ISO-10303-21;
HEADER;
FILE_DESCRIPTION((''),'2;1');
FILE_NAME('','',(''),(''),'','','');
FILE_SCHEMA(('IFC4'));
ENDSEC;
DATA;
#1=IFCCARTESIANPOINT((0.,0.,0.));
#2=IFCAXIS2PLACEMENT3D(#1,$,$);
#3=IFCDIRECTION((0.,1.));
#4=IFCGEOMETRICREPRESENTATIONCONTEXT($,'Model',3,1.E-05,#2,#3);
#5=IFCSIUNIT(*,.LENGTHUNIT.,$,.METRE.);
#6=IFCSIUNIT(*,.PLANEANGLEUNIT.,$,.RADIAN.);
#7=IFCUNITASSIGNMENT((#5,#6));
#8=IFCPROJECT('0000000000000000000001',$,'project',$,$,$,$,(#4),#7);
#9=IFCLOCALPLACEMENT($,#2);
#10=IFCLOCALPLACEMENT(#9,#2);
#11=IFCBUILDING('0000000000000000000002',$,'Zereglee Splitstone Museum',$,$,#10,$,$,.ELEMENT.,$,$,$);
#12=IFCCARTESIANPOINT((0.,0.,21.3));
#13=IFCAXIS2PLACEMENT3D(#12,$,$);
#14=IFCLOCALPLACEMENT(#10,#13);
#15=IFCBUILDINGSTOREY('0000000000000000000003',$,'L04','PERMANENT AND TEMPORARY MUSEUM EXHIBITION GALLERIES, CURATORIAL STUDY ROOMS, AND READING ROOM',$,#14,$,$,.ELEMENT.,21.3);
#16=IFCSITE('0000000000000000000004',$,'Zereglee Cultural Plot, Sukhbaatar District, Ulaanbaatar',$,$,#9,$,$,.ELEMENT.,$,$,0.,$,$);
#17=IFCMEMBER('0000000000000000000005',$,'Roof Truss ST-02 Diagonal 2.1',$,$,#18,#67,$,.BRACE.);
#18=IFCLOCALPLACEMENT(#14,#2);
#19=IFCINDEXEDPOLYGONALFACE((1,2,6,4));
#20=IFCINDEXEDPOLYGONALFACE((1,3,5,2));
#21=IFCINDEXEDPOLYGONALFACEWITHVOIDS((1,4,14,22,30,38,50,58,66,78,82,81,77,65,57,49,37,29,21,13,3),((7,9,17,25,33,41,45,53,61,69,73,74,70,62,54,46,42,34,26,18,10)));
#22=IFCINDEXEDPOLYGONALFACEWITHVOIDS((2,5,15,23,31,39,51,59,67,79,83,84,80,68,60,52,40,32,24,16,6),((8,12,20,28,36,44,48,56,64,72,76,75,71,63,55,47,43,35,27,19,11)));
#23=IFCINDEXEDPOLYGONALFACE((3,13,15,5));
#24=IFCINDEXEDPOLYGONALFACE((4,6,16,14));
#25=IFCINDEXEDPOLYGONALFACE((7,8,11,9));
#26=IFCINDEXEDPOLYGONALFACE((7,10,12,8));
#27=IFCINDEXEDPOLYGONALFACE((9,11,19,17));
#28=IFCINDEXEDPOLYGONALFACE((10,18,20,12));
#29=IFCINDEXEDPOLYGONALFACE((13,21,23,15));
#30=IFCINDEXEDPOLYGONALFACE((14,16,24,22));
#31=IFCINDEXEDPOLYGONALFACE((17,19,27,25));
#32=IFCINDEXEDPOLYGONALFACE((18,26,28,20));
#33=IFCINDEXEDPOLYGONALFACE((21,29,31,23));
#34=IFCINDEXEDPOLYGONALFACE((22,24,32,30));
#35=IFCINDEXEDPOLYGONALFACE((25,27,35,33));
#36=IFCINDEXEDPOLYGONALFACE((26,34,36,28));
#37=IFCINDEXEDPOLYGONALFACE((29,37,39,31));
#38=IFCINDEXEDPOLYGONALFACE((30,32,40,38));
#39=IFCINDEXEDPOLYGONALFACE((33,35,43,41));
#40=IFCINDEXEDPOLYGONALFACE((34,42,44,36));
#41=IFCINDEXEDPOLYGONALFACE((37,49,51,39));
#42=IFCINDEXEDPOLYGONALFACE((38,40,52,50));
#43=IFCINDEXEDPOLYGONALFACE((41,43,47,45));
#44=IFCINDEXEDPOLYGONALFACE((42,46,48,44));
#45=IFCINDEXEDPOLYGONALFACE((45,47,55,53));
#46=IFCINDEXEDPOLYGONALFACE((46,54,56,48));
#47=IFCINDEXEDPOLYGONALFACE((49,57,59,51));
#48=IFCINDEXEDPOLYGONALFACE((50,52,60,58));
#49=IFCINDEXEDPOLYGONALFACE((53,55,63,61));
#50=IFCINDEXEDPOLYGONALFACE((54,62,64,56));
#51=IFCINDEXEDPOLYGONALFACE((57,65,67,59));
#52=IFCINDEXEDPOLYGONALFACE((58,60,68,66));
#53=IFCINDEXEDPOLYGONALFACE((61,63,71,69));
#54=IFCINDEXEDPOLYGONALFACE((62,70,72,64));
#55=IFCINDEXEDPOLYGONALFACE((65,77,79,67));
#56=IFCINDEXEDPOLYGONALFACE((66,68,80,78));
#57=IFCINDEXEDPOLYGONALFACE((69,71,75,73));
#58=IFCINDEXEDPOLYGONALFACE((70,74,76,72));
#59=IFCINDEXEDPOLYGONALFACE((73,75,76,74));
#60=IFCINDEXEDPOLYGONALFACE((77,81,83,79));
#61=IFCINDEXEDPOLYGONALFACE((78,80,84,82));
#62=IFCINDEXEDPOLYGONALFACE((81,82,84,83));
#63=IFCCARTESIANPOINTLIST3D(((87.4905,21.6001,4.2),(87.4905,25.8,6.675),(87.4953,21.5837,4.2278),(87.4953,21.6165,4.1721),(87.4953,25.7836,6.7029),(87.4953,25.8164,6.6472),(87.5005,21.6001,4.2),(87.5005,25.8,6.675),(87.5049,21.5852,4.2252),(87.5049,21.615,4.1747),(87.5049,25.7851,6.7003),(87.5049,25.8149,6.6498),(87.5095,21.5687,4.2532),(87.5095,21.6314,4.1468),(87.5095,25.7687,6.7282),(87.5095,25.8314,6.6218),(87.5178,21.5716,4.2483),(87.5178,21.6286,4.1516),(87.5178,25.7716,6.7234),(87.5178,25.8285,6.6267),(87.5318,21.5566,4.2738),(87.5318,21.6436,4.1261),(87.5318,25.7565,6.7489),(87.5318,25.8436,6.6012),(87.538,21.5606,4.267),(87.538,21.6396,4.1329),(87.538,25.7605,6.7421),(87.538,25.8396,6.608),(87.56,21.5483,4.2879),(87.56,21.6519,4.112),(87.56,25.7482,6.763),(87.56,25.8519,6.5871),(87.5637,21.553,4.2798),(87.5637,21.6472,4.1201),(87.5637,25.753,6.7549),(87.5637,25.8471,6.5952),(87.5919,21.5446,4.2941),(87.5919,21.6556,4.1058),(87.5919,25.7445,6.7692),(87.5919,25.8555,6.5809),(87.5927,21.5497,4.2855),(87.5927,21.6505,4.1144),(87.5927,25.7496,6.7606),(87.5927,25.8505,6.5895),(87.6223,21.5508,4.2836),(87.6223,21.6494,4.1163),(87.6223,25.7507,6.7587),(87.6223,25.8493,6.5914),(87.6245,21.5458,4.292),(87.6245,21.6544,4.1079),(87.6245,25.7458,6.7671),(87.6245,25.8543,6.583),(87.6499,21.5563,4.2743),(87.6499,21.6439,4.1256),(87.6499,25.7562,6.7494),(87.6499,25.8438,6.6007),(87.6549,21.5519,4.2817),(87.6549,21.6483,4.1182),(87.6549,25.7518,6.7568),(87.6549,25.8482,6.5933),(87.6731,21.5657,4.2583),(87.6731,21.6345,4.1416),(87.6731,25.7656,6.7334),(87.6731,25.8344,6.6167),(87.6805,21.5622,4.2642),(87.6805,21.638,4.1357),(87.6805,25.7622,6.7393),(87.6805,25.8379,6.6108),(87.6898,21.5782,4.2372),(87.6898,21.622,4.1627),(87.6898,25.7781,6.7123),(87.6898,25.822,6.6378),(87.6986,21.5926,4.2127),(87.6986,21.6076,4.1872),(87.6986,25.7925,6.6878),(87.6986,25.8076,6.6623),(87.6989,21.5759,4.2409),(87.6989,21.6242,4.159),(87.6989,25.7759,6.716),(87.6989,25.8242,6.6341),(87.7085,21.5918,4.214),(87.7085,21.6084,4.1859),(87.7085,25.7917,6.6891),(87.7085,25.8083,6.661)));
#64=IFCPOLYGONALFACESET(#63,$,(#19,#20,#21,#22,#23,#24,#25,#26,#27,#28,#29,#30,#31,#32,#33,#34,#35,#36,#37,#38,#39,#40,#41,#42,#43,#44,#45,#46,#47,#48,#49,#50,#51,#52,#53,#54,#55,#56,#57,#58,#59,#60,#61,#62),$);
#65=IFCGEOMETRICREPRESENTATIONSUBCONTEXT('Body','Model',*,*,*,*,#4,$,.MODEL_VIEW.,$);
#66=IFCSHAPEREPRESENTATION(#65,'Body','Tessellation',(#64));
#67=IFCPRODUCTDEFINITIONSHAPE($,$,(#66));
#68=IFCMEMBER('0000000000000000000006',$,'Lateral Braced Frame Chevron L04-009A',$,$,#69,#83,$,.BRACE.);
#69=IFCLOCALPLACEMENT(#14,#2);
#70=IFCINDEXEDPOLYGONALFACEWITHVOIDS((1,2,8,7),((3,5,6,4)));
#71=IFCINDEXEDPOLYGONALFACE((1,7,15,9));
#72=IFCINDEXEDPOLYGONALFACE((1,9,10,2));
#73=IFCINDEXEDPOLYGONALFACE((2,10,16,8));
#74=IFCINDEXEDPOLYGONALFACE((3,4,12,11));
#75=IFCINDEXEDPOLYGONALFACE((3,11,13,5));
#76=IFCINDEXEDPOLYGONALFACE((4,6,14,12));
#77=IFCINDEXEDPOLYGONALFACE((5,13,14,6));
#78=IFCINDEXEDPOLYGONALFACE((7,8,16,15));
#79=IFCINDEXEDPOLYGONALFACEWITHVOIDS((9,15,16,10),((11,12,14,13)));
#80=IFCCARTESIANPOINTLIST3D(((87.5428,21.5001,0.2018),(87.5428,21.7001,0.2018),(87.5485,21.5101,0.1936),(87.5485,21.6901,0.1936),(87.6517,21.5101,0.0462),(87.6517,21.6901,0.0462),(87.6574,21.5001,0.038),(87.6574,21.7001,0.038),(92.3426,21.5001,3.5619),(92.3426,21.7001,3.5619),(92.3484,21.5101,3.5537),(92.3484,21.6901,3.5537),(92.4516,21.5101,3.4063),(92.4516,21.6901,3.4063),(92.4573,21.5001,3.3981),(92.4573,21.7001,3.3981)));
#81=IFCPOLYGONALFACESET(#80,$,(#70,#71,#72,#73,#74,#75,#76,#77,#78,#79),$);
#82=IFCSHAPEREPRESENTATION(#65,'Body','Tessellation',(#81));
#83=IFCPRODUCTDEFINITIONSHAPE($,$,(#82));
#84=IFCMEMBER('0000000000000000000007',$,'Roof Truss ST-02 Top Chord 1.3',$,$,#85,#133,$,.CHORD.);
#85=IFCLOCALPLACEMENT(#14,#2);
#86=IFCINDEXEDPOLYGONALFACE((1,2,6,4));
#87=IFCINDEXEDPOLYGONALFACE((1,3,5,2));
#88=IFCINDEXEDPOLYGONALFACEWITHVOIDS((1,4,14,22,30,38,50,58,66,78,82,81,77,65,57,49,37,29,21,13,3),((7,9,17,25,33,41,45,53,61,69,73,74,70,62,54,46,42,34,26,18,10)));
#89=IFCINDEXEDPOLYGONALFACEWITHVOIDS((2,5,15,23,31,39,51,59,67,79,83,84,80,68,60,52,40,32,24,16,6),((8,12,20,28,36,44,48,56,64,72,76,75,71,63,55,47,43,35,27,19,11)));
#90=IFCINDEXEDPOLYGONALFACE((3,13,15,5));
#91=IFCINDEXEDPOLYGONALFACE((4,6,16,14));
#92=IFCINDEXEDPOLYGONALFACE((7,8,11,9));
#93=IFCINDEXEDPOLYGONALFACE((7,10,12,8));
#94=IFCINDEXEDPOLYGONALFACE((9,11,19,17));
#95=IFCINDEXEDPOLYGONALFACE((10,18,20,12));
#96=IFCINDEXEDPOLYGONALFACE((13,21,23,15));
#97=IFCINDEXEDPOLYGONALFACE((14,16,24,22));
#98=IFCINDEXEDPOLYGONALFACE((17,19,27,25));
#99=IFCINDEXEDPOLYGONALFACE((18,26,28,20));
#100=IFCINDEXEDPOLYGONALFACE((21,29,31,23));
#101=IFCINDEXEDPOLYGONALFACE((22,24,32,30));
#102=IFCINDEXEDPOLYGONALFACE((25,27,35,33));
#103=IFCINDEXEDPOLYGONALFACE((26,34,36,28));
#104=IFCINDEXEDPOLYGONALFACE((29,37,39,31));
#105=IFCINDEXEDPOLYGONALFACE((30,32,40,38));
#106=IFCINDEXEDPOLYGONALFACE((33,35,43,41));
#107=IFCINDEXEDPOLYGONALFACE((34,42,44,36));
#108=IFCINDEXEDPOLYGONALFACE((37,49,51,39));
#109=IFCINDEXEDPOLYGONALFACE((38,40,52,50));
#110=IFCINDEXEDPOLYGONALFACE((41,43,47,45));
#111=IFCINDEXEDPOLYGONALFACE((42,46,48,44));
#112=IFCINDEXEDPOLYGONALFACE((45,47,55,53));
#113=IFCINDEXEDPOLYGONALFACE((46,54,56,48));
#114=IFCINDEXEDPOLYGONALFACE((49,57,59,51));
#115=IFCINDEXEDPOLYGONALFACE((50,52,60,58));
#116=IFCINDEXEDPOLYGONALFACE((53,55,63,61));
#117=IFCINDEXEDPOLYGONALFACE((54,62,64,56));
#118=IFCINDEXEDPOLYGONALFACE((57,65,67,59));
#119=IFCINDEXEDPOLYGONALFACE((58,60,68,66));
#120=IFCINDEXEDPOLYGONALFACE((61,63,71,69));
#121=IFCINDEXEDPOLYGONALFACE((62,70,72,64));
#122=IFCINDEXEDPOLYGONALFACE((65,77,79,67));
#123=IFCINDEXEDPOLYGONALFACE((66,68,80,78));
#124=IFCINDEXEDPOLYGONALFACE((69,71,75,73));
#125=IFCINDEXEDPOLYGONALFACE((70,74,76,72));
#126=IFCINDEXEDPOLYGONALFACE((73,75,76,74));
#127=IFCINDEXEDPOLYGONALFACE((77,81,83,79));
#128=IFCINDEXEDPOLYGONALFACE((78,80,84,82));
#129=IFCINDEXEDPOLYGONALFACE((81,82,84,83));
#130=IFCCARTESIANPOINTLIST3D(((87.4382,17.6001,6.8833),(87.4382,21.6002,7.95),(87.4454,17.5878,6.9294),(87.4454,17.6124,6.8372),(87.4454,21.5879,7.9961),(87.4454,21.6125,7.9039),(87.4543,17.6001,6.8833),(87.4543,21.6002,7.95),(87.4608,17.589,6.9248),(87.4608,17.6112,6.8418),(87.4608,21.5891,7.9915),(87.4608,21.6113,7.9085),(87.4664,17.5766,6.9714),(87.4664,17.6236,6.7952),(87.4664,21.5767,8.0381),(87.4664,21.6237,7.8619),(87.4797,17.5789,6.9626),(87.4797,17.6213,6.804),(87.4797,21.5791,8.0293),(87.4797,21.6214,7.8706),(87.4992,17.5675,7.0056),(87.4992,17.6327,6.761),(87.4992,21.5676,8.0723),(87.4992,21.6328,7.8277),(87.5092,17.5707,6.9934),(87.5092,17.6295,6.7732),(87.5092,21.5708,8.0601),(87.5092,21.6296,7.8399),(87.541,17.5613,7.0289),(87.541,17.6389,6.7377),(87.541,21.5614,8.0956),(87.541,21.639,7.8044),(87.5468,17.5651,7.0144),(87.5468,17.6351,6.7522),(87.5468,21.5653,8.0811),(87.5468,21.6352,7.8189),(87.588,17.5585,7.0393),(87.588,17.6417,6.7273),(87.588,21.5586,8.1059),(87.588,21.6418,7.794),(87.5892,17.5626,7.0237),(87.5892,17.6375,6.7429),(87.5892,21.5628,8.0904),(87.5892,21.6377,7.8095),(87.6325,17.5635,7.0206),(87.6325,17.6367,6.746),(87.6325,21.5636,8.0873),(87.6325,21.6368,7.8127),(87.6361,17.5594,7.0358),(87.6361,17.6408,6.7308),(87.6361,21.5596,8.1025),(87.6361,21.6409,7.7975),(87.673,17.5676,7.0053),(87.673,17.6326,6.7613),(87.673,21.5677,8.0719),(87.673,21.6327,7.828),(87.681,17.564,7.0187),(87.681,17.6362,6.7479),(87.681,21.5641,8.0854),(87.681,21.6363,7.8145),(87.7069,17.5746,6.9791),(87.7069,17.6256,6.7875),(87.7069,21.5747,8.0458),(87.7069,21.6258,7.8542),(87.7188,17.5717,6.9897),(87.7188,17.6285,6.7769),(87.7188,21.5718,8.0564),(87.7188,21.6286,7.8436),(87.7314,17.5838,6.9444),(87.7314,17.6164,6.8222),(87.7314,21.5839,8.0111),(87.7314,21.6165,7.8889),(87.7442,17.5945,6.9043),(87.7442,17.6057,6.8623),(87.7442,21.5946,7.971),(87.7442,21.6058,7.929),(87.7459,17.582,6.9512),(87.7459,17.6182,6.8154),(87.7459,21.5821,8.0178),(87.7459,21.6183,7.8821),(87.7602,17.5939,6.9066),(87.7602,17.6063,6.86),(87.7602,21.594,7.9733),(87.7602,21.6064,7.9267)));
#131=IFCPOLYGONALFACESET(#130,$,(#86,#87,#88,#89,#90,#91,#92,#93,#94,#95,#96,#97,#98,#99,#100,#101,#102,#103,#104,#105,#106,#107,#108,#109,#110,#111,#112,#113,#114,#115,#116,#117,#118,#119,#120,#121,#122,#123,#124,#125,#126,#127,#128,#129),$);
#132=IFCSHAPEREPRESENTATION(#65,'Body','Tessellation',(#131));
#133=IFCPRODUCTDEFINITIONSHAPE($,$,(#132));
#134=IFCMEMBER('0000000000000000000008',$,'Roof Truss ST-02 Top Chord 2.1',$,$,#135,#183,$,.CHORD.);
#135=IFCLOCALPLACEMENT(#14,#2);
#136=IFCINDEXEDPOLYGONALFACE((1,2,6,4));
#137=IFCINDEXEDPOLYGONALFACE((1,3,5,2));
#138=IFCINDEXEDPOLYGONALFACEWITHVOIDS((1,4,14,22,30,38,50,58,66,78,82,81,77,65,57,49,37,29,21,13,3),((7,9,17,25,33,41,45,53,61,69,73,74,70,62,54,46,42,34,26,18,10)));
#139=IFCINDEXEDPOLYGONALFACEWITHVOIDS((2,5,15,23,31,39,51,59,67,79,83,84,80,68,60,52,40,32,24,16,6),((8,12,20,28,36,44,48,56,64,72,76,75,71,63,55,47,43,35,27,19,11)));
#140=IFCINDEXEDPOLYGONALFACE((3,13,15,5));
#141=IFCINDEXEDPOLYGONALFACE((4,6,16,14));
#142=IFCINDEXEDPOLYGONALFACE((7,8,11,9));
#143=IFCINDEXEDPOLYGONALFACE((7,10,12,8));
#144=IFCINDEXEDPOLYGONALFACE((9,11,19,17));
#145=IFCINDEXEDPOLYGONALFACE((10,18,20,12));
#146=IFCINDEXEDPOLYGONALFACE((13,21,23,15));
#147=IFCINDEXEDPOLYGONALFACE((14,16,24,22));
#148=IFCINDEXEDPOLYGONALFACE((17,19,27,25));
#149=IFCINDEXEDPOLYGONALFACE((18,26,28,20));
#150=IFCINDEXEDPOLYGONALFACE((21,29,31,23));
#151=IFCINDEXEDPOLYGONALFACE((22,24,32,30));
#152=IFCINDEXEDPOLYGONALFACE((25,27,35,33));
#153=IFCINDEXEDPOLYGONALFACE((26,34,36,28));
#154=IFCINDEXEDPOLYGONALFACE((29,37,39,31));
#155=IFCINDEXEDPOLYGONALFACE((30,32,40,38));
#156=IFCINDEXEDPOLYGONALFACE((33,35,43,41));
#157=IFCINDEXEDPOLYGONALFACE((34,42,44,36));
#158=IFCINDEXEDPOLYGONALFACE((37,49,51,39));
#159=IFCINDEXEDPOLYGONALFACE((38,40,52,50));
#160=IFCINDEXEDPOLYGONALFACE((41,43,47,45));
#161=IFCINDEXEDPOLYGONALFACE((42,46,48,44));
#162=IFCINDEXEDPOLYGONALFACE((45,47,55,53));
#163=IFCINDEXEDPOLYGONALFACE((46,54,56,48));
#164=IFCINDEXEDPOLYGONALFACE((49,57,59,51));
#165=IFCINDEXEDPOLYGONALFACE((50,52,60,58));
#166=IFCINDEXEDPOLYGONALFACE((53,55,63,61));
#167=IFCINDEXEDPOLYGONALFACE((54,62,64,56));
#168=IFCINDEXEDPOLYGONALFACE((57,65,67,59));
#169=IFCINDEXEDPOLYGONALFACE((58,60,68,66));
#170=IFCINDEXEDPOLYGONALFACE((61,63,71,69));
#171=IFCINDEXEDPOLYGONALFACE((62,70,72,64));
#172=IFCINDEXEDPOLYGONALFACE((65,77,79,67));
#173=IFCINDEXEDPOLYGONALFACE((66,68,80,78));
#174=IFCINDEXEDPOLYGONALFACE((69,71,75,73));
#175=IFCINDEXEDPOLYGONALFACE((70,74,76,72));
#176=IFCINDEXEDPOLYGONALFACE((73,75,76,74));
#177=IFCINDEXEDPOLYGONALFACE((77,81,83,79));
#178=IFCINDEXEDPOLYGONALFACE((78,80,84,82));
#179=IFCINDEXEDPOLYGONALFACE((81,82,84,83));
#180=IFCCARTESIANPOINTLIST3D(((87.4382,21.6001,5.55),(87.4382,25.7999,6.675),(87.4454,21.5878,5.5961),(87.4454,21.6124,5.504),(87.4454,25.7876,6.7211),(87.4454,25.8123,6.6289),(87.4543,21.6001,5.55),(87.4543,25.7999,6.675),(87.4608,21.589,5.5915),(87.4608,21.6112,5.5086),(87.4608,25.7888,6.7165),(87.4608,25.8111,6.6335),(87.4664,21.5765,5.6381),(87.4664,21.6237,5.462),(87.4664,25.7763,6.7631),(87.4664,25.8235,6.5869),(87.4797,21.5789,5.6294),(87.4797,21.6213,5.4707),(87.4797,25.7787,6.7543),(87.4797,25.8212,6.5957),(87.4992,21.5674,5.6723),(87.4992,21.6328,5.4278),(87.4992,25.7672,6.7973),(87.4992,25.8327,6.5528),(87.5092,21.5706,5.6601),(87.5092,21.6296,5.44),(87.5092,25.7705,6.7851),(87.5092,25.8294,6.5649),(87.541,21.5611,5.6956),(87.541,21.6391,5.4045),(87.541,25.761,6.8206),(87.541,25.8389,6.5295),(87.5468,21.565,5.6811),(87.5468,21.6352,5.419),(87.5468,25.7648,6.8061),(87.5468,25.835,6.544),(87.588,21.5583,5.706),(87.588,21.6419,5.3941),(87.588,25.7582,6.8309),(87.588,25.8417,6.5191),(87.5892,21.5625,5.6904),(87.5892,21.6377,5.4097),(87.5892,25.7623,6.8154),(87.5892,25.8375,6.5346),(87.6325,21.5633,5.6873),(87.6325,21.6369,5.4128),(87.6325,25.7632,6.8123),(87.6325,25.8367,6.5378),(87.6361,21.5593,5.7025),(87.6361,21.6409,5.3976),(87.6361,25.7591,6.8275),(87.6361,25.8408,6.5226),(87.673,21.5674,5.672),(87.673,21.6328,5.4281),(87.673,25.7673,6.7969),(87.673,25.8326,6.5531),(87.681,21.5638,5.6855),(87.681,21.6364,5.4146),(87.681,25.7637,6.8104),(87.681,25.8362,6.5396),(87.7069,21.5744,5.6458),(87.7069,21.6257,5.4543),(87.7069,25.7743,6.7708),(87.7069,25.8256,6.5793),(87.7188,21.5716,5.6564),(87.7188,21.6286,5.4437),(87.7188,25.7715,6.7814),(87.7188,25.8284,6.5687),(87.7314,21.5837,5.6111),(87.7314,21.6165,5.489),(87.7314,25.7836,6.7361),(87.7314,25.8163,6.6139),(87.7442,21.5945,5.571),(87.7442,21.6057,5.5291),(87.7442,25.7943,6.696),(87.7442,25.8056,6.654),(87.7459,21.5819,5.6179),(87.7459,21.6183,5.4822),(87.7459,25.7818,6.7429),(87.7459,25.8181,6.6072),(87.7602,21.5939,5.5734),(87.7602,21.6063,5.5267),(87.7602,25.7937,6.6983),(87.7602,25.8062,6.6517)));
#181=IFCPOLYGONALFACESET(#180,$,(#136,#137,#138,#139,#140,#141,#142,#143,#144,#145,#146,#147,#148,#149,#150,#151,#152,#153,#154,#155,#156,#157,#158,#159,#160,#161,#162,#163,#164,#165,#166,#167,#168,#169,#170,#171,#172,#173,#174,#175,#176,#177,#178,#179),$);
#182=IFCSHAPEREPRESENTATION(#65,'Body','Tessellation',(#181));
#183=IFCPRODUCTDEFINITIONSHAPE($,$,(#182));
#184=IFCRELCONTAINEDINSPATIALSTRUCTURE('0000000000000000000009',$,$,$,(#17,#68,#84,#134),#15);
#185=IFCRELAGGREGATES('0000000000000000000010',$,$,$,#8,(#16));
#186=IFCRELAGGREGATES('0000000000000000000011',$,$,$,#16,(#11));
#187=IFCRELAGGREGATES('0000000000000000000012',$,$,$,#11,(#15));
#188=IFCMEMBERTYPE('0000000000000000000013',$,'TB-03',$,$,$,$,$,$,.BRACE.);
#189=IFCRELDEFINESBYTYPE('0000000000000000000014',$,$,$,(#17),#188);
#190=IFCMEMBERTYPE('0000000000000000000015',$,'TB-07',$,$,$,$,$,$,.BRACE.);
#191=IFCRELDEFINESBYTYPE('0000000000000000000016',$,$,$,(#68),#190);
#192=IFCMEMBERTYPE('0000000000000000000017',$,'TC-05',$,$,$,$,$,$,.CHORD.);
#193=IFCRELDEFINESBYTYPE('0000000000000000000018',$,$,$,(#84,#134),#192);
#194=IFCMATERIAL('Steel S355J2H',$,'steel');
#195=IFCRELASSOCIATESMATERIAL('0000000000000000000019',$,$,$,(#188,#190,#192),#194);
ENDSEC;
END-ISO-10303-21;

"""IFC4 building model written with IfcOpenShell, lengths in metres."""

from ifc_helpers import new_model, si_unit, direction, frame, origin, origin_2d, place, context, subcontext, project, spatial, hollow_rectangle, hollow_circle, extrude, material, material_profile, profile_set, type_object, element, save


model = new_model("IFC4")

# Units and contexts
model_context = context("Model", 3, precision=1e-05, world=origin(), true_north=direction((0.0, 1.0)))
body_context = subcontext(model_context, "Body", "Model", "MODEL_VIEW")
ifc_project = project(units=[si_unit("LENGTHUNIT", "METRE"), si_unit("PLANEANGLEUNIT", "RADIAN")], contexts=[model_context])

# Site, building, storey
site_placement = place(None, origin())
site = spatial("IfcSite", under=ifc_project, at=site_placement, Name="Zereglee Cultural Plot, Sukhbaatar District, Ulaanbaatar", CompositionType="ELEMENT", RefElevation=0.0)
building_placement = place(site_placement, origin())
building = spatial("IfcBuilding", under=site, at=building_placement, Name="Zereglee Splitstone Museum", CompositionType="ELEMENT")
storey_placement = place(building_placement, frame((0.0, 0.0, 21.3)))
storey = spatial("IfcBuildingStorey", under=building, at=storey_placement, Name="L04", Description="PERMANENT AND TEMPORARY MUSEUM EXHIBITION GALLERIES, CURATORIAL STUDY ROOMS, AND READING ROOM", CompositionType="ELEMENT", Elevation=21.3)

# Members
ifc_material_1 = material(Name="Steel S355J2H", Category="steel")
ifc_material_profile_1 = material_profile(ifc_material_1, hollow_circle(Radius=0.1096, WallThickness=0.01, at=origin_2d()), Name="CHS 219.1x10")
ifc_profile_set_1 = profile_set([ifc_material_profile_1], Name="Steel S355J2H")
member_type_1 = type_object("IfcMemberType", Name="TB-03", PredefinedType="BRACE", material=ifc_profile_set_1)
member_1_placement = place(storey_placement, frame((87.6001, 21.6001, 4.2), z_axis=(0.0, 0.861527, 0.507712), x_axis=(-1.0, 0.0, 0.0)))
element("IfcMember", 1, at=member_1_placement, inside=storey, type_object=member_type_1, Name="Roof Truss ST-02 Diagonal 2.1", PredefinedType="BRACE", context=body_context, shape_type="SweptSolid", body=[
    extrude(hollow_circle(Radius=0.1096, WallThickness=0.01, at=origin_2d()), origin(), (0.0, 0.0, 1.0), 4.875),
])
ifc_material_profile_2 = material_profile(ifc_material_1, hollow_rectangle(XDim=0.2, YDim=0.2, WallThickness=0.01, at=origin_2d()), Name="SHS 200x200x10")
ifc_profile_set_2 = profile_set([ifc_material_profile_2], Name="Steel S355J2H")
member_type_2 = type_object("IfcMemberType", Name="TB-07", PredefinedType="BRACE", material=ifc_profile_set_2)
member_2_placement = place(storey_placement, frame((87.6001, 21.6001, 0.1199), z_axis=(0.819212, 0.0, 0.57349), x_axis=(0.0, 1.0, 0.0)))
element("IfcMember", 2, at=member_2_placement, inside=storey, type_object=member_type_2, Name="Lateral Braced Frame Chevron L04-009A", PredefinedType="BRACE", context=body_context, shape_type="SweptSolid", body=[
    extrude(hollow_rectangle(XDim=0.2, YDim=0.2, WallThickness=0.01, at=origin_2d()), origin(), (0.0, 0.0, 1.0), 5.8591),
])
ifc_material_profile_3 = material_profile(ifc_material_1, hollow_circle(Radius=0.1619, WallThickness=0.0161, at=origin_2d()), Name="CHS 323.9x16")
ifc_profile_set_3 = profile_set([ifc_material_profile_3], Name="Steel S355J2H")
member_type_3 = type_object("IfcMemberType", Name="TC-05", PredefinedType="CHORD", material=ifc_profile_set_3)
member_3_placement = place(storey_placement, frame((87.6001, 17.6001, 6.8833), z_axis=(0.0, 0.966236, 0.257659), x_axis=(-1.0, 0.0, 0.0)))
element("IfcMember", 3, at=member_3_placement, inside=storey, type_object=member_type_3, Name="Roof Truss ST-02 Top Chord 1.3", PredefinedType="CHORD", context=body_context, shape_type="SweptSolid", body=[
    extrude(hollow_circle(Radius=0.1619, WallThickness=0.0161, at=origin_2d()), origin(), (0.0, 0.0, 1.0), 4.1399),
])
member_4_placement = place(storey_placement, frame((87.6001, 21.6001, 5.55), z_axis=(0.0, 0.965947, 0.258739), x_axis=(-1.0, 0.0, 0.0)))
element("IfcMember", 4, at=member_4_placement, inside=storey, type_object=member_type_3, Name="Roof Truss ST-02 Top Chord 2.1", PredefinedType="CHORD", context=body_context, shape_type="SweptSolid", body=[
    extrude(hollow_circle(Radius=0.1619, WallThickness=0.0161, at=origin_2d()), origin(), (0.0, 0.0, 1.0), 4.3479),
])

save(model, "model.ifc")
